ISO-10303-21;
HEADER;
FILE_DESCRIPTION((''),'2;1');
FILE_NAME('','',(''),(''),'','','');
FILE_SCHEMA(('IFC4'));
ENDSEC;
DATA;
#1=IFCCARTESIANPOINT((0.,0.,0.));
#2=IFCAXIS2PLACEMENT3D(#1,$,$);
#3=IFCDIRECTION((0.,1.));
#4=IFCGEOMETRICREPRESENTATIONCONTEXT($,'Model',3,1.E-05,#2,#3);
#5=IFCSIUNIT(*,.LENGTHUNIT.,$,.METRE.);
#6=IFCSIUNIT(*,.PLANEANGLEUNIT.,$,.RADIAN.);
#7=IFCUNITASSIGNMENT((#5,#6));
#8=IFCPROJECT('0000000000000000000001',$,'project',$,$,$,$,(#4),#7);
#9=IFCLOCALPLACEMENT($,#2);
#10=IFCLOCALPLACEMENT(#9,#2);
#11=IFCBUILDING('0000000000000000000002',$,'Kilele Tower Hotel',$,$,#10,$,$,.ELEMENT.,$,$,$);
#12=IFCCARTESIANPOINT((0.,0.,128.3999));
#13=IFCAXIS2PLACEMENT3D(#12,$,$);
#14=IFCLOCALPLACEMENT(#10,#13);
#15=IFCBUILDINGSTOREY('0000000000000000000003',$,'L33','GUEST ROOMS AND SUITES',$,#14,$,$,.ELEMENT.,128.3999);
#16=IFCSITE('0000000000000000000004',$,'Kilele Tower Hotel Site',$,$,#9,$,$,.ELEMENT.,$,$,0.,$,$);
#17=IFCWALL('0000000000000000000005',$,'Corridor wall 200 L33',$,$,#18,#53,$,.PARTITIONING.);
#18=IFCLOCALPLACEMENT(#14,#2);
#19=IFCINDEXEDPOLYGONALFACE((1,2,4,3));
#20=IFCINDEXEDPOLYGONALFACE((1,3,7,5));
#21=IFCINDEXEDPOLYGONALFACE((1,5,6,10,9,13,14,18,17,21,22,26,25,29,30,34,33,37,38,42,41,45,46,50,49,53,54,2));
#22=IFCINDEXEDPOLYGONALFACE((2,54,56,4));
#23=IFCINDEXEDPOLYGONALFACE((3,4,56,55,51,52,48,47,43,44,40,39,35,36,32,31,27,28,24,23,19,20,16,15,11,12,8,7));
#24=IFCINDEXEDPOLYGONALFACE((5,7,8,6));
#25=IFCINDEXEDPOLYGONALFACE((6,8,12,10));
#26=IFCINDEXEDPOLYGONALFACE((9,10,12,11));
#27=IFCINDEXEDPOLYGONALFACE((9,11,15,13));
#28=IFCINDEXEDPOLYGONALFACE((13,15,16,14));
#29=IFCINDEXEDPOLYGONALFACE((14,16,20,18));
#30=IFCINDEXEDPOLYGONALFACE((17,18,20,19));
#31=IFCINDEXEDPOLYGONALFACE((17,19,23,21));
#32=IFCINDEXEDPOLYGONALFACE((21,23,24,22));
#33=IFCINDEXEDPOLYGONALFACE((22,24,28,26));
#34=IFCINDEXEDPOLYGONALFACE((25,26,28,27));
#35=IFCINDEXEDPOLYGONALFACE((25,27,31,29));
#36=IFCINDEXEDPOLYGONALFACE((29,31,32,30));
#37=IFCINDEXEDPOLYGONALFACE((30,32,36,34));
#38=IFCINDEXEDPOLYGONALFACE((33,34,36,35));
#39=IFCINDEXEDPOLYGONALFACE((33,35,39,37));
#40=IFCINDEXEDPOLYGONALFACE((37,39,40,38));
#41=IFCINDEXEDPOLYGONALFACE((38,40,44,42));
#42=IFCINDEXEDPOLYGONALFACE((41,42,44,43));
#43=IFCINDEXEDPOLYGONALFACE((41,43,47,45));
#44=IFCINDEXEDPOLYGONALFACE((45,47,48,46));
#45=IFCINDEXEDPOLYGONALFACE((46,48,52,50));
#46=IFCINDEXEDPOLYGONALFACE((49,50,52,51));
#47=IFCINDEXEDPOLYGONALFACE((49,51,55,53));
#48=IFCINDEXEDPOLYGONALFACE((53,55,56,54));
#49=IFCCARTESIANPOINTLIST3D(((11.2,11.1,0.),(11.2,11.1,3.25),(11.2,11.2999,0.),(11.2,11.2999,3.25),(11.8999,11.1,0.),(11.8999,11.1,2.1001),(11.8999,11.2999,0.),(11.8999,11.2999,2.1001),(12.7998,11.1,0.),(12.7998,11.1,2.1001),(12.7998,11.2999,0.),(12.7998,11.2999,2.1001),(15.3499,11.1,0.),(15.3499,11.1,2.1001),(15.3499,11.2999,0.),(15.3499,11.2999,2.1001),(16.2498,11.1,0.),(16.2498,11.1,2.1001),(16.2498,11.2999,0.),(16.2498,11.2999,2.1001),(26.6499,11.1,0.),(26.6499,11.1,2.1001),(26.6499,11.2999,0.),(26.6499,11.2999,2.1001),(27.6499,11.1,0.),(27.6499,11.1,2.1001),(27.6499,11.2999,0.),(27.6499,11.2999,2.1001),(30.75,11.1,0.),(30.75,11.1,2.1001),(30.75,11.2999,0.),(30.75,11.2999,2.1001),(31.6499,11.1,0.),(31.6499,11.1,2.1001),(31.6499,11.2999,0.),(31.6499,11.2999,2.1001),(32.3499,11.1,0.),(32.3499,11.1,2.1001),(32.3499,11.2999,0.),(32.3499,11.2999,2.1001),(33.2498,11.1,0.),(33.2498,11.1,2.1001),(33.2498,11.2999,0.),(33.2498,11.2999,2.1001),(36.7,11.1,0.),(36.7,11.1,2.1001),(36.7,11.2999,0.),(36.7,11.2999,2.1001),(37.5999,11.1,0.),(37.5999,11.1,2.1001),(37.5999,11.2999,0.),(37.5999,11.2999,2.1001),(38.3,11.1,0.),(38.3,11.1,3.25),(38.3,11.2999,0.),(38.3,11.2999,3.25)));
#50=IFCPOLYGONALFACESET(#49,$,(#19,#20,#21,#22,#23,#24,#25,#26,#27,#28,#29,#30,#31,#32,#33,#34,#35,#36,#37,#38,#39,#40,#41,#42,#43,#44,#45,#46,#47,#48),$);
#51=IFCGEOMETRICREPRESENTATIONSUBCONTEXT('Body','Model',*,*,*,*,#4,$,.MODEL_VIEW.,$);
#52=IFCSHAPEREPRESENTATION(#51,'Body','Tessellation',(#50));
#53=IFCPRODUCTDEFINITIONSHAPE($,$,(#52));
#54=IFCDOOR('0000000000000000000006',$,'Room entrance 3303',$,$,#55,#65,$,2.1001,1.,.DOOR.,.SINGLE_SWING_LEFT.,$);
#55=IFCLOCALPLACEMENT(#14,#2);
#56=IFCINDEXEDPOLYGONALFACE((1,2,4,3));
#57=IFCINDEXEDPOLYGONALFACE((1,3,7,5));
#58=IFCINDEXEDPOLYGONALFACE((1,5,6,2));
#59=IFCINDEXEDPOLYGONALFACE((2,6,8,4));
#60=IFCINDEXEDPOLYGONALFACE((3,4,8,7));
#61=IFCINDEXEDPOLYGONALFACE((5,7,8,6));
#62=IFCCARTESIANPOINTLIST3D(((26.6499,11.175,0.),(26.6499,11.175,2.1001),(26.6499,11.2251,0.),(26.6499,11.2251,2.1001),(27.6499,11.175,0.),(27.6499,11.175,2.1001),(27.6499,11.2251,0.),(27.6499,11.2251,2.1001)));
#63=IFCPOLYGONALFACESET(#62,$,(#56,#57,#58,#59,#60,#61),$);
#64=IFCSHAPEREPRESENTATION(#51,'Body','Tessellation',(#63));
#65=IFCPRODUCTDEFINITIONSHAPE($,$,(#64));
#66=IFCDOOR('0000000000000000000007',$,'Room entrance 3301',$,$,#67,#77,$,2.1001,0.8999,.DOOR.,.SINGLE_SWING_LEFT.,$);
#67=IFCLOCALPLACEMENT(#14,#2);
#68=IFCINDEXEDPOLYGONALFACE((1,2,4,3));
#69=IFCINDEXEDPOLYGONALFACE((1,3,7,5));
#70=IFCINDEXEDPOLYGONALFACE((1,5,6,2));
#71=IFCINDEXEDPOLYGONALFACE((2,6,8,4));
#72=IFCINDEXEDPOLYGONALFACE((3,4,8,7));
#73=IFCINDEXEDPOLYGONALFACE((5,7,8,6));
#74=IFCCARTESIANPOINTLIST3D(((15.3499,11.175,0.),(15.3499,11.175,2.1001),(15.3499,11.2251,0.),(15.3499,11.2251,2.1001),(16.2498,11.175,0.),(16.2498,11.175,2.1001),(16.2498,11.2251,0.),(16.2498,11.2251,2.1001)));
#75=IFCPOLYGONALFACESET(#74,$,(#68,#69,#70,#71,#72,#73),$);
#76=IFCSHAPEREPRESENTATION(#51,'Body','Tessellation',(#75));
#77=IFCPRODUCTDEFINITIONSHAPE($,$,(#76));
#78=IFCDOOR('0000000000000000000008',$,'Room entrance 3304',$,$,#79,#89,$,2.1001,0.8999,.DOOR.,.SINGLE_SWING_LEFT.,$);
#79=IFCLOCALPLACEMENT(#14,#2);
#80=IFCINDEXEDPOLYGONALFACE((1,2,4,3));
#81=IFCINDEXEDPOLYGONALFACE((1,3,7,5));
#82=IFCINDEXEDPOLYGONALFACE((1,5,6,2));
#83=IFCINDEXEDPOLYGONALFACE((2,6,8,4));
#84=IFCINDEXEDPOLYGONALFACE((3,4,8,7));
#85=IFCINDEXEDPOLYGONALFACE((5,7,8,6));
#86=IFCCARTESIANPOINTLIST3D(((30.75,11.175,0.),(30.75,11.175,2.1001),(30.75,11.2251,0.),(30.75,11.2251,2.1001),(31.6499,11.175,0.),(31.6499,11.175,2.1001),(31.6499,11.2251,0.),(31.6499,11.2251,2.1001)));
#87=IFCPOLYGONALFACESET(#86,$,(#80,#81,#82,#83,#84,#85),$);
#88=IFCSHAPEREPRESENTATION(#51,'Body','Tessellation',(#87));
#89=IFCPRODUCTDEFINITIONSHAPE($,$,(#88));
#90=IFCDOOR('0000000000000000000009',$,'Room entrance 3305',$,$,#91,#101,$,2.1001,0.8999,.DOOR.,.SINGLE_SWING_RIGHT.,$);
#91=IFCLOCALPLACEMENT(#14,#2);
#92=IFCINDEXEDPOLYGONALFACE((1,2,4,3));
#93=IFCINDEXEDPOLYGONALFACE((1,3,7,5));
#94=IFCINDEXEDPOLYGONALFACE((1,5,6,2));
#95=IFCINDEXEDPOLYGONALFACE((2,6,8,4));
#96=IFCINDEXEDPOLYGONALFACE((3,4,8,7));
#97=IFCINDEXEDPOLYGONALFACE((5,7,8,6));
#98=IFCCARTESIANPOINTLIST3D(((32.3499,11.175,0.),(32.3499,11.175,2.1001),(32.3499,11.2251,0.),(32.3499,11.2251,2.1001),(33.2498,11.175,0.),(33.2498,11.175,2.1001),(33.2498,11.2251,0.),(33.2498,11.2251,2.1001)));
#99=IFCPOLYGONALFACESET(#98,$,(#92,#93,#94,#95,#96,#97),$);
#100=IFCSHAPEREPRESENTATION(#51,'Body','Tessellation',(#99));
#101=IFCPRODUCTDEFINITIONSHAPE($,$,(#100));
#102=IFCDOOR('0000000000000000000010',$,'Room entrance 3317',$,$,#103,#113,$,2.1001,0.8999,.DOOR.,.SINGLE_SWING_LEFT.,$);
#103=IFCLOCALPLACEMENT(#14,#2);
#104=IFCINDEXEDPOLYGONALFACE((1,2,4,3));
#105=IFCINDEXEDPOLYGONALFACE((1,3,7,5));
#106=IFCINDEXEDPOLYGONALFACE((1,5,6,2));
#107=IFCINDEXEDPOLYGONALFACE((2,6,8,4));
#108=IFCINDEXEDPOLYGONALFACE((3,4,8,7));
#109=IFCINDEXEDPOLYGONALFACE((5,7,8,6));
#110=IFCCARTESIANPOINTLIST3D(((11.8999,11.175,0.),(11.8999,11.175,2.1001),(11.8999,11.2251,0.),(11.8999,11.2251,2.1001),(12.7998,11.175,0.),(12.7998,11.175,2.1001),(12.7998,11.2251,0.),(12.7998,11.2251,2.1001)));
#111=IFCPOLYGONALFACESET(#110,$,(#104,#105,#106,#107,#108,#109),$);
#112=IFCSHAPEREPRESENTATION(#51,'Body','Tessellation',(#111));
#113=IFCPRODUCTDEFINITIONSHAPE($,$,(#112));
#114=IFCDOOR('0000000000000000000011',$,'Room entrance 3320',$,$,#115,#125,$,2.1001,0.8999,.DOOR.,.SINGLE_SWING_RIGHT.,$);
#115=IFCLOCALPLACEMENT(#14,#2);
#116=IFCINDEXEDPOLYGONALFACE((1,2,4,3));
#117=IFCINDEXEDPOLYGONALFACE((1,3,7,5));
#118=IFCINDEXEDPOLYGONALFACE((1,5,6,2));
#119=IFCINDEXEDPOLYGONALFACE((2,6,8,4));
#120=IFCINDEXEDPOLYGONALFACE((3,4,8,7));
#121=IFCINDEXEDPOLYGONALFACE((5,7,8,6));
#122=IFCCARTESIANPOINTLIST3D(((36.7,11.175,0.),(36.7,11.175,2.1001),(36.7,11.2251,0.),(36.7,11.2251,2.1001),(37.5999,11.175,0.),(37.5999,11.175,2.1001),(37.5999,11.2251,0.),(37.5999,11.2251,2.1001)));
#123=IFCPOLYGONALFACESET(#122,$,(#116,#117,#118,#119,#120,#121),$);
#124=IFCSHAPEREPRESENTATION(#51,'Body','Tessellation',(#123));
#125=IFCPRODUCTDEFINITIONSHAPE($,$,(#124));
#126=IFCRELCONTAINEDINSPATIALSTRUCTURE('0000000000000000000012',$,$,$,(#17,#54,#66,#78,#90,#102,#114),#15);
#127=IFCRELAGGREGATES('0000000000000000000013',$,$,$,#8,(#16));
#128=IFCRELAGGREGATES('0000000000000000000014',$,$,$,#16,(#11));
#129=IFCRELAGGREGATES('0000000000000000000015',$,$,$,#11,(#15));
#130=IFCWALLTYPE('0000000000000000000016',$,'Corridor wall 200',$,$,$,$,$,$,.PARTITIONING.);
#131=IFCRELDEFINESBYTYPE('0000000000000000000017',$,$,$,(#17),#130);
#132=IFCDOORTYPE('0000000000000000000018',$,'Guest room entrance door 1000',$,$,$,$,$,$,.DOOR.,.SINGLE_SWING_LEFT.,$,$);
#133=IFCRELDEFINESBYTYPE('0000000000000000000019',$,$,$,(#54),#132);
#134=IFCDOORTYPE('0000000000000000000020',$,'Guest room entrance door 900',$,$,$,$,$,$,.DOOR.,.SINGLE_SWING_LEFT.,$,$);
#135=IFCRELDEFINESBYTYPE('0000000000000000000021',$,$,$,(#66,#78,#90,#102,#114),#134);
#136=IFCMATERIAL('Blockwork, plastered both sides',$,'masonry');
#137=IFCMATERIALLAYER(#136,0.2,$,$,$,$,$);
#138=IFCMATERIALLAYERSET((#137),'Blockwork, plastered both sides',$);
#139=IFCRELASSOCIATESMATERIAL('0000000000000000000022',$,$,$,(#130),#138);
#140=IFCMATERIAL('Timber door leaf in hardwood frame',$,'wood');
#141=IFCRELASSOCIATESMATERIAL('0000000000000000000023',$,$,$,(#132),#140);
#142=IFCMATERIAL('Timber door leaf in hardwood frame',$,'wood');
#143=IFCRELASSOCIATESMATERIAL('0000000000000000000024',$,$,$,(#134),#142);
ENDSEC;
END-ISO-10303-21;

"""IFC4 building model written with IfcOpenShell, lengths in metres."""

from ifc_helpers import new_model, si_unit, direction, frame, frame_2d, origin, place, context, subcontext, project, spatial, rectangle, extrude, material, layer, layer_set, type_object, element, fill, save


model = new_model("IFC4")

# Units and contexts
model_context = context("Model", 3, precision=1e-05, world=origin(), true_north=direction((0.0, 1.0)))
body_context = subcontext(model_context, "Body", "Model", "MODEL_VIEW")
ifc_project = project(units=[si_unit("LENGTHUNIT", "METRE"), si_unit("PLANEANGLEUNIT", "RADIAN")], contexts=[model_context])

# Site, building, storey
site_placement = place(None, origin())
site = spatial("IfcSite", under=ifc_project, at=site_placement, Name="Kilele Tower Hotel Site", CompositionType="ELEMENT", RefElevation=0.0)
building_placement = place(site_placement, origin())
building = spatial("IfcBuilding", under=site, at=building_placement, Name="Kilele Tower Hotel", CompositionType="ELEMENT")
storey_placement = place(building_placement, frame((0.0, 0.0, 128.3999)))
storey = spatial("IfcBuildingStorey", under=building, at=storey_placement, Name="L33", Description="GUEST ROOMS AND SUITES", CompositionType="ELEMENT", Elevation=128.3999)

# Wall, openings, doors
ifc_material_1 = material(Name="Blockwork, plastered both sides", Category="masonry")
ifc_layer_1 = layer(ifc_material_1, 0.2)
ifc_layer_set_1 = layer_set([ifc_layer_1], Name="Blockwork, plastered both sides")
wall_type_1 = type_object("IfcWallType", Name="Corridor wall 200", PredefinedType="PARTITIONING", material=ifc_layer_set_1)
wall_1_placement = place(storey_placement, frame((11.2, 11.2, 0.0), z_axis=(0.0, 0.0, 1.0), x_axis=(1.0, 0.0, 0.0)))
wall_1 = element("IfcWall", 1, at=wall_1_placement, inside=storey, type_object=wall_type_1, Name="Corridor wall 200 L33", PredefinedType="PARTITIONING", context=body_context, shape_type="SweptSolid", body=[
    extrude(rectangle(XDim=27.1001, YDim=0.2, at=frame_2d((13.55, 0.0))), origin(), (0.0, 0.0, 1.0), 3.25),
])
opening_1_placement = place(wall_1_placement, frame((5.0498, 0.0, 0.0), z_axis=(0.0, 0.0, 1.0), x_axis=(-1.0, 0.0, 0.0)))
opening_1 = element("IfcOpeningElement", 2, at=opening_1_placement, cuts=wall_1, PredefinedType="OPENING", context=body_context, shape_type="SweptSolid", body=[
    extrude(rectangle(XDim=0.8999, YDim=2.1001, at=frame_2d((0.45, 1.05))), frame((0.0, 0.1099, 0.0), z_axis=(0.0, -1.0, 0.0), x_axis=(1.0, 0.0, 0.0)), (0.0, 0.0, 1.0), 0.22),
])
opening_2_placement = place(wall_1_placement, frame((16.45, 0.0, 0.0), z_axis=(0.0, 0.0, 1.0), x_axis=(-1.0, 0.0, 0.0)))
opening_2 = element("IfcOpeningElement", 3, at=opening_2_placement, cuts=wall_1, PredefinedType="OPENING", context=body_context, shape_type="SweptSolid", body=[
    extrude(rectangle(XDim=1.0, YDim=2.1001, at=frame_2d((0.5, 1.05))), frame((0.0, 0.1099, 0.0), z_axis=(0.0, -1.0, 0.0), x_axis=(1.0, 0.0, 0.0)), (0.0, 0.0, 1.0), 0.22),
])
opening_3_placement = place(wall_1_placement, frame((20.45, 0.0, 0.0), z_axis=(0.0, 0.0, 1.0), x_axis=(-1.0, 0.0, 0.0)))
opening_3 = element("IfcOpeningElement", 4, at=opening_3_placement, cuts=wall_1, PredefinedType="OPENING", context=body_context, shape_type="SweptSolid", body=[
    extrude(rectangle(XDim=0.8999, YDim=2.1001, at=frame_2d((0.45, 1.05))), frame((0.0, 0.1099, 0.0), z_axis=(0.0, -1.0, 0.0), x_axis=(1.0, 0.0, 0.0)), (0.0, 0.0, 1.0), 0.22),
])
opening_4_placement = place(wall_1_placement, frame((22.0498, 0.0, 0.0), z_axis=(0.0, 0.0, 1.0), x_axis=(-1.0, 0.0, 0.0)))
opening_4 = element("IfcOpeningElement", 5, at=opening_4_placement, cuts=wall_1, PredefinedType="OPENING", context=body_context, shape_type="SweptSolid", body=[
    extrude(rectangle(XDim=0.8999, YDim=2.1001, at=frame_2d((0.45, 1.05))), frame((0.0, 0.1099, 0.0), z_axis=(0.0, -1.0, 0.0), x_axis=(1.0, 0.0, 0.0)), (0.0, 0.0, 1.0), 0.22),
])
opening_5_placement = place(wall_1_placement, frame((1.5999, 0.0, 0.0), z_axis=(0.0, 0.0, 1.0), x_axis=(-1.0, 0.0, 0.0)))
opening_5 = element("IfcOpeningElement", 6, at=opening_5_placement, cuts=wall_1, PredefinedType="OPENING", context=body_context, shape_type="SweptSolid", body=[
    extrude(rectangle(XDim=0.8999, YDim=2.1001, at=frame_2d((0.45, 1.05))), frame((0.0, 0.1099, 0.0), z_axis=(0.0, -1.0, 0.0), x_axis=(1.0, 0.0, 0.0)), (0.0, 0.0, 1.0), 0.22),
])
opening_6_placement = place(wall_1_placement, frame((26.3999, 0.0, 0.0), z_axis=(0.0, 0.0, 1.0), x_axis=(-1.0, 0.0, 0.0)))
opening_6 = element("IfcOpeningElement", 7, at=opening_6_placement, cuts=wall_1, PredefinedType="OPENING", context=body_context, shape_type="SweptSolid", body=[
    extrude(rectangle(XDim=0.8999, YDim=2.1001, at=frame_2d((0.45, 1.05))), frame((0.0, 0.1099, 0.0), z_axis=(0.0, -1.0, 0.0), x_axis=(1.0, 0.0, 0.0)), (0.0, 0.0, 1.0), 0.22),
])
ifc_material_2 = material(Name="Timber door leaf in hardwood frame", Category="wood")
door_type_1 = type_object("IfcDoorType", Name="Guest room entrance door 1000", OperationType="SINGLE_SWING_LEFT", PredefinedType="DOOR", material=ifc_material_2)
door_1_placement = place(opening_2_placement, origin())
door_1 = element("IfcDoor", 8, at=door_1_placement, inside=storey, type_object=door_type_1, Name="Room entrance 3303", OperationType="SINGLE_SWING_LEFT", OverallHeight=2.1001, OverallWidth=1.0, PredefinedType="DOOR", context=body_context, shape_type="SweptSolid", body=[
    extrude(rectangle(XDim=1.0, YDim=2.1001, at=frame_2d((0.5, 1.05))), frame((0.0, 0.0249, 0.0), z_axis=(0.0, -1.0, 0.0), x_axis=(1.0, 0.0, 0.0)), (0.0, 0.0, 1.0), 0.05),
])
fill(opening_2, door_1)
ifc_material_3 = material(Name="Timber door leaf in hardwood frame", Category="wood")
door_type_2 = type_object("IfcDoorType", Name="Guest room entrance door 900", OperationType="SINGLE_SWING_LEFT", PredefinedType="DOOR", material=ifc_material_3)
door_2_placement = place(opening_1_placement, origin())
door_2 = element("IfcDoor", 9, at=door_2_placement, inside=storey, type_object=door_type_2, Name="Room entrance 3301", OperationType="SINGLE_SWING_LEFT", OverallHeight=2.1001, OverallWidth=0.8999, PredefinedType="DOOR", context=body_context, shape_type="SweptSolid", body=[
    extrude(rectangle(XDim=0.8999, YDim=2.1001, at=frame_2d((0.45, 1.05))), frame((0.0, 0.0249, 0.0), z_axis=(0.0, -1.0, 0.0), x_axis=(1.0, 0.0, 0.0)), (0.0, 0.0, 1.0), 0.05),
])
fill(opening_1, door_2)
door_3_placement = place(opening_3_placement, origin())
door_3 = element("IfcDoor", 10, at=door_3_placement, inside=storey, type_object=door_type_2, Name="Room entrance 3304", OperationType="SINGLE_SWING_LEFT", OverallHeight=2.1001, OverallWidth=0.8999, PredefinedType="DOOR", context=body_context, shape_type="SweptSolid", body=[
    extrude(rectangle(XDim=0.8999, YDim=2.1001, at=frame_2d((0.45, 1.05))), frame((0.0, 0.0249, 0.0), z_axis=(0.0, -1.0, 0.0), x_axis=(1.0, 0.0, 0.0)), (0.0, 0.0, 1.0), 0.05),
])
fill(opening_3, door_3)
door_4_placement = place(opening_4_placement, origin())
door_4 = element("IfcDoor", 11, at=door_4_placement, inside=storey, type_object=door_type_2, Name="Room entrance 3305", OperationType="SINGLE_SWING_RIGHT", OverallHeight=2.1001, OverallWidth=0.8999, PredefinedType="DOOR", context=body_context, shape_type="SweptSolid", body=[
    extrude(rectangle(XDim=0.8999, YDim=2.1001, at=frame_2d((0.45, 1.05))), frame((0.0, 0.0249, 0.0), z_axis=(0.0, -1.0, 0.0), x_axis=(1.0, 0.0, 0.0)), (0.0, 0.0, 1.0), 0.05),
])
fill(opening_4, door_4)
door_5_placement = place(opening_5_placement, origin())
door_5 = element("IfcDoor", 12, at=door_5_placement, inside=storey, type_object=door_type_2, Name="Room entrance 3317", OperationType="SINGLE_SWING_LEFT", OverallHeight=2.1001, OverallWidth=0.8999, PredefinedType="DOOR", context=body_context, shape_type="SweptSolid", body=[
    extrude(rectangle(XDim=0.8999, YDim=2.1001, at=frame_2d((0.45, 1.05))), frame((0.0, 0.0249, 0.0), z_axis=(0.0, -1.0, 0.0), x_axis=(1.0, 0.0, 0.0)), (0.0, 0.0, 1.0), 0.05),
])
fill(opening_5, door_5)
door_6_placement = place(opening_6_placement, origin())
door_6 = element("IfcDoor", 13, at=door_6_placement, inside=storey, type_object=door_type_2, Name="Room entrance 3320", OperationType="SINGLE_SWING_RIGHT", OverallHeight=2.1001, OverallWidth=0.8999, PredefinedType="DOOR", context=body_context, shape_type="SweptSolid", body=[
    extrude(rectangle(XDim=0.8999, YDim=2.1001, at=frame_2d((0.45, 1.05))), frame((0.0, 0.0249, 0.0), z_axis=(0.0, -1.0, 0.0), x_axis=(1.0, 0.0, 0.0)), (0.0, 0.0, 1.0), 0.05),
])
fill(opening_6, door_6)

save(model, "model.ifc")
